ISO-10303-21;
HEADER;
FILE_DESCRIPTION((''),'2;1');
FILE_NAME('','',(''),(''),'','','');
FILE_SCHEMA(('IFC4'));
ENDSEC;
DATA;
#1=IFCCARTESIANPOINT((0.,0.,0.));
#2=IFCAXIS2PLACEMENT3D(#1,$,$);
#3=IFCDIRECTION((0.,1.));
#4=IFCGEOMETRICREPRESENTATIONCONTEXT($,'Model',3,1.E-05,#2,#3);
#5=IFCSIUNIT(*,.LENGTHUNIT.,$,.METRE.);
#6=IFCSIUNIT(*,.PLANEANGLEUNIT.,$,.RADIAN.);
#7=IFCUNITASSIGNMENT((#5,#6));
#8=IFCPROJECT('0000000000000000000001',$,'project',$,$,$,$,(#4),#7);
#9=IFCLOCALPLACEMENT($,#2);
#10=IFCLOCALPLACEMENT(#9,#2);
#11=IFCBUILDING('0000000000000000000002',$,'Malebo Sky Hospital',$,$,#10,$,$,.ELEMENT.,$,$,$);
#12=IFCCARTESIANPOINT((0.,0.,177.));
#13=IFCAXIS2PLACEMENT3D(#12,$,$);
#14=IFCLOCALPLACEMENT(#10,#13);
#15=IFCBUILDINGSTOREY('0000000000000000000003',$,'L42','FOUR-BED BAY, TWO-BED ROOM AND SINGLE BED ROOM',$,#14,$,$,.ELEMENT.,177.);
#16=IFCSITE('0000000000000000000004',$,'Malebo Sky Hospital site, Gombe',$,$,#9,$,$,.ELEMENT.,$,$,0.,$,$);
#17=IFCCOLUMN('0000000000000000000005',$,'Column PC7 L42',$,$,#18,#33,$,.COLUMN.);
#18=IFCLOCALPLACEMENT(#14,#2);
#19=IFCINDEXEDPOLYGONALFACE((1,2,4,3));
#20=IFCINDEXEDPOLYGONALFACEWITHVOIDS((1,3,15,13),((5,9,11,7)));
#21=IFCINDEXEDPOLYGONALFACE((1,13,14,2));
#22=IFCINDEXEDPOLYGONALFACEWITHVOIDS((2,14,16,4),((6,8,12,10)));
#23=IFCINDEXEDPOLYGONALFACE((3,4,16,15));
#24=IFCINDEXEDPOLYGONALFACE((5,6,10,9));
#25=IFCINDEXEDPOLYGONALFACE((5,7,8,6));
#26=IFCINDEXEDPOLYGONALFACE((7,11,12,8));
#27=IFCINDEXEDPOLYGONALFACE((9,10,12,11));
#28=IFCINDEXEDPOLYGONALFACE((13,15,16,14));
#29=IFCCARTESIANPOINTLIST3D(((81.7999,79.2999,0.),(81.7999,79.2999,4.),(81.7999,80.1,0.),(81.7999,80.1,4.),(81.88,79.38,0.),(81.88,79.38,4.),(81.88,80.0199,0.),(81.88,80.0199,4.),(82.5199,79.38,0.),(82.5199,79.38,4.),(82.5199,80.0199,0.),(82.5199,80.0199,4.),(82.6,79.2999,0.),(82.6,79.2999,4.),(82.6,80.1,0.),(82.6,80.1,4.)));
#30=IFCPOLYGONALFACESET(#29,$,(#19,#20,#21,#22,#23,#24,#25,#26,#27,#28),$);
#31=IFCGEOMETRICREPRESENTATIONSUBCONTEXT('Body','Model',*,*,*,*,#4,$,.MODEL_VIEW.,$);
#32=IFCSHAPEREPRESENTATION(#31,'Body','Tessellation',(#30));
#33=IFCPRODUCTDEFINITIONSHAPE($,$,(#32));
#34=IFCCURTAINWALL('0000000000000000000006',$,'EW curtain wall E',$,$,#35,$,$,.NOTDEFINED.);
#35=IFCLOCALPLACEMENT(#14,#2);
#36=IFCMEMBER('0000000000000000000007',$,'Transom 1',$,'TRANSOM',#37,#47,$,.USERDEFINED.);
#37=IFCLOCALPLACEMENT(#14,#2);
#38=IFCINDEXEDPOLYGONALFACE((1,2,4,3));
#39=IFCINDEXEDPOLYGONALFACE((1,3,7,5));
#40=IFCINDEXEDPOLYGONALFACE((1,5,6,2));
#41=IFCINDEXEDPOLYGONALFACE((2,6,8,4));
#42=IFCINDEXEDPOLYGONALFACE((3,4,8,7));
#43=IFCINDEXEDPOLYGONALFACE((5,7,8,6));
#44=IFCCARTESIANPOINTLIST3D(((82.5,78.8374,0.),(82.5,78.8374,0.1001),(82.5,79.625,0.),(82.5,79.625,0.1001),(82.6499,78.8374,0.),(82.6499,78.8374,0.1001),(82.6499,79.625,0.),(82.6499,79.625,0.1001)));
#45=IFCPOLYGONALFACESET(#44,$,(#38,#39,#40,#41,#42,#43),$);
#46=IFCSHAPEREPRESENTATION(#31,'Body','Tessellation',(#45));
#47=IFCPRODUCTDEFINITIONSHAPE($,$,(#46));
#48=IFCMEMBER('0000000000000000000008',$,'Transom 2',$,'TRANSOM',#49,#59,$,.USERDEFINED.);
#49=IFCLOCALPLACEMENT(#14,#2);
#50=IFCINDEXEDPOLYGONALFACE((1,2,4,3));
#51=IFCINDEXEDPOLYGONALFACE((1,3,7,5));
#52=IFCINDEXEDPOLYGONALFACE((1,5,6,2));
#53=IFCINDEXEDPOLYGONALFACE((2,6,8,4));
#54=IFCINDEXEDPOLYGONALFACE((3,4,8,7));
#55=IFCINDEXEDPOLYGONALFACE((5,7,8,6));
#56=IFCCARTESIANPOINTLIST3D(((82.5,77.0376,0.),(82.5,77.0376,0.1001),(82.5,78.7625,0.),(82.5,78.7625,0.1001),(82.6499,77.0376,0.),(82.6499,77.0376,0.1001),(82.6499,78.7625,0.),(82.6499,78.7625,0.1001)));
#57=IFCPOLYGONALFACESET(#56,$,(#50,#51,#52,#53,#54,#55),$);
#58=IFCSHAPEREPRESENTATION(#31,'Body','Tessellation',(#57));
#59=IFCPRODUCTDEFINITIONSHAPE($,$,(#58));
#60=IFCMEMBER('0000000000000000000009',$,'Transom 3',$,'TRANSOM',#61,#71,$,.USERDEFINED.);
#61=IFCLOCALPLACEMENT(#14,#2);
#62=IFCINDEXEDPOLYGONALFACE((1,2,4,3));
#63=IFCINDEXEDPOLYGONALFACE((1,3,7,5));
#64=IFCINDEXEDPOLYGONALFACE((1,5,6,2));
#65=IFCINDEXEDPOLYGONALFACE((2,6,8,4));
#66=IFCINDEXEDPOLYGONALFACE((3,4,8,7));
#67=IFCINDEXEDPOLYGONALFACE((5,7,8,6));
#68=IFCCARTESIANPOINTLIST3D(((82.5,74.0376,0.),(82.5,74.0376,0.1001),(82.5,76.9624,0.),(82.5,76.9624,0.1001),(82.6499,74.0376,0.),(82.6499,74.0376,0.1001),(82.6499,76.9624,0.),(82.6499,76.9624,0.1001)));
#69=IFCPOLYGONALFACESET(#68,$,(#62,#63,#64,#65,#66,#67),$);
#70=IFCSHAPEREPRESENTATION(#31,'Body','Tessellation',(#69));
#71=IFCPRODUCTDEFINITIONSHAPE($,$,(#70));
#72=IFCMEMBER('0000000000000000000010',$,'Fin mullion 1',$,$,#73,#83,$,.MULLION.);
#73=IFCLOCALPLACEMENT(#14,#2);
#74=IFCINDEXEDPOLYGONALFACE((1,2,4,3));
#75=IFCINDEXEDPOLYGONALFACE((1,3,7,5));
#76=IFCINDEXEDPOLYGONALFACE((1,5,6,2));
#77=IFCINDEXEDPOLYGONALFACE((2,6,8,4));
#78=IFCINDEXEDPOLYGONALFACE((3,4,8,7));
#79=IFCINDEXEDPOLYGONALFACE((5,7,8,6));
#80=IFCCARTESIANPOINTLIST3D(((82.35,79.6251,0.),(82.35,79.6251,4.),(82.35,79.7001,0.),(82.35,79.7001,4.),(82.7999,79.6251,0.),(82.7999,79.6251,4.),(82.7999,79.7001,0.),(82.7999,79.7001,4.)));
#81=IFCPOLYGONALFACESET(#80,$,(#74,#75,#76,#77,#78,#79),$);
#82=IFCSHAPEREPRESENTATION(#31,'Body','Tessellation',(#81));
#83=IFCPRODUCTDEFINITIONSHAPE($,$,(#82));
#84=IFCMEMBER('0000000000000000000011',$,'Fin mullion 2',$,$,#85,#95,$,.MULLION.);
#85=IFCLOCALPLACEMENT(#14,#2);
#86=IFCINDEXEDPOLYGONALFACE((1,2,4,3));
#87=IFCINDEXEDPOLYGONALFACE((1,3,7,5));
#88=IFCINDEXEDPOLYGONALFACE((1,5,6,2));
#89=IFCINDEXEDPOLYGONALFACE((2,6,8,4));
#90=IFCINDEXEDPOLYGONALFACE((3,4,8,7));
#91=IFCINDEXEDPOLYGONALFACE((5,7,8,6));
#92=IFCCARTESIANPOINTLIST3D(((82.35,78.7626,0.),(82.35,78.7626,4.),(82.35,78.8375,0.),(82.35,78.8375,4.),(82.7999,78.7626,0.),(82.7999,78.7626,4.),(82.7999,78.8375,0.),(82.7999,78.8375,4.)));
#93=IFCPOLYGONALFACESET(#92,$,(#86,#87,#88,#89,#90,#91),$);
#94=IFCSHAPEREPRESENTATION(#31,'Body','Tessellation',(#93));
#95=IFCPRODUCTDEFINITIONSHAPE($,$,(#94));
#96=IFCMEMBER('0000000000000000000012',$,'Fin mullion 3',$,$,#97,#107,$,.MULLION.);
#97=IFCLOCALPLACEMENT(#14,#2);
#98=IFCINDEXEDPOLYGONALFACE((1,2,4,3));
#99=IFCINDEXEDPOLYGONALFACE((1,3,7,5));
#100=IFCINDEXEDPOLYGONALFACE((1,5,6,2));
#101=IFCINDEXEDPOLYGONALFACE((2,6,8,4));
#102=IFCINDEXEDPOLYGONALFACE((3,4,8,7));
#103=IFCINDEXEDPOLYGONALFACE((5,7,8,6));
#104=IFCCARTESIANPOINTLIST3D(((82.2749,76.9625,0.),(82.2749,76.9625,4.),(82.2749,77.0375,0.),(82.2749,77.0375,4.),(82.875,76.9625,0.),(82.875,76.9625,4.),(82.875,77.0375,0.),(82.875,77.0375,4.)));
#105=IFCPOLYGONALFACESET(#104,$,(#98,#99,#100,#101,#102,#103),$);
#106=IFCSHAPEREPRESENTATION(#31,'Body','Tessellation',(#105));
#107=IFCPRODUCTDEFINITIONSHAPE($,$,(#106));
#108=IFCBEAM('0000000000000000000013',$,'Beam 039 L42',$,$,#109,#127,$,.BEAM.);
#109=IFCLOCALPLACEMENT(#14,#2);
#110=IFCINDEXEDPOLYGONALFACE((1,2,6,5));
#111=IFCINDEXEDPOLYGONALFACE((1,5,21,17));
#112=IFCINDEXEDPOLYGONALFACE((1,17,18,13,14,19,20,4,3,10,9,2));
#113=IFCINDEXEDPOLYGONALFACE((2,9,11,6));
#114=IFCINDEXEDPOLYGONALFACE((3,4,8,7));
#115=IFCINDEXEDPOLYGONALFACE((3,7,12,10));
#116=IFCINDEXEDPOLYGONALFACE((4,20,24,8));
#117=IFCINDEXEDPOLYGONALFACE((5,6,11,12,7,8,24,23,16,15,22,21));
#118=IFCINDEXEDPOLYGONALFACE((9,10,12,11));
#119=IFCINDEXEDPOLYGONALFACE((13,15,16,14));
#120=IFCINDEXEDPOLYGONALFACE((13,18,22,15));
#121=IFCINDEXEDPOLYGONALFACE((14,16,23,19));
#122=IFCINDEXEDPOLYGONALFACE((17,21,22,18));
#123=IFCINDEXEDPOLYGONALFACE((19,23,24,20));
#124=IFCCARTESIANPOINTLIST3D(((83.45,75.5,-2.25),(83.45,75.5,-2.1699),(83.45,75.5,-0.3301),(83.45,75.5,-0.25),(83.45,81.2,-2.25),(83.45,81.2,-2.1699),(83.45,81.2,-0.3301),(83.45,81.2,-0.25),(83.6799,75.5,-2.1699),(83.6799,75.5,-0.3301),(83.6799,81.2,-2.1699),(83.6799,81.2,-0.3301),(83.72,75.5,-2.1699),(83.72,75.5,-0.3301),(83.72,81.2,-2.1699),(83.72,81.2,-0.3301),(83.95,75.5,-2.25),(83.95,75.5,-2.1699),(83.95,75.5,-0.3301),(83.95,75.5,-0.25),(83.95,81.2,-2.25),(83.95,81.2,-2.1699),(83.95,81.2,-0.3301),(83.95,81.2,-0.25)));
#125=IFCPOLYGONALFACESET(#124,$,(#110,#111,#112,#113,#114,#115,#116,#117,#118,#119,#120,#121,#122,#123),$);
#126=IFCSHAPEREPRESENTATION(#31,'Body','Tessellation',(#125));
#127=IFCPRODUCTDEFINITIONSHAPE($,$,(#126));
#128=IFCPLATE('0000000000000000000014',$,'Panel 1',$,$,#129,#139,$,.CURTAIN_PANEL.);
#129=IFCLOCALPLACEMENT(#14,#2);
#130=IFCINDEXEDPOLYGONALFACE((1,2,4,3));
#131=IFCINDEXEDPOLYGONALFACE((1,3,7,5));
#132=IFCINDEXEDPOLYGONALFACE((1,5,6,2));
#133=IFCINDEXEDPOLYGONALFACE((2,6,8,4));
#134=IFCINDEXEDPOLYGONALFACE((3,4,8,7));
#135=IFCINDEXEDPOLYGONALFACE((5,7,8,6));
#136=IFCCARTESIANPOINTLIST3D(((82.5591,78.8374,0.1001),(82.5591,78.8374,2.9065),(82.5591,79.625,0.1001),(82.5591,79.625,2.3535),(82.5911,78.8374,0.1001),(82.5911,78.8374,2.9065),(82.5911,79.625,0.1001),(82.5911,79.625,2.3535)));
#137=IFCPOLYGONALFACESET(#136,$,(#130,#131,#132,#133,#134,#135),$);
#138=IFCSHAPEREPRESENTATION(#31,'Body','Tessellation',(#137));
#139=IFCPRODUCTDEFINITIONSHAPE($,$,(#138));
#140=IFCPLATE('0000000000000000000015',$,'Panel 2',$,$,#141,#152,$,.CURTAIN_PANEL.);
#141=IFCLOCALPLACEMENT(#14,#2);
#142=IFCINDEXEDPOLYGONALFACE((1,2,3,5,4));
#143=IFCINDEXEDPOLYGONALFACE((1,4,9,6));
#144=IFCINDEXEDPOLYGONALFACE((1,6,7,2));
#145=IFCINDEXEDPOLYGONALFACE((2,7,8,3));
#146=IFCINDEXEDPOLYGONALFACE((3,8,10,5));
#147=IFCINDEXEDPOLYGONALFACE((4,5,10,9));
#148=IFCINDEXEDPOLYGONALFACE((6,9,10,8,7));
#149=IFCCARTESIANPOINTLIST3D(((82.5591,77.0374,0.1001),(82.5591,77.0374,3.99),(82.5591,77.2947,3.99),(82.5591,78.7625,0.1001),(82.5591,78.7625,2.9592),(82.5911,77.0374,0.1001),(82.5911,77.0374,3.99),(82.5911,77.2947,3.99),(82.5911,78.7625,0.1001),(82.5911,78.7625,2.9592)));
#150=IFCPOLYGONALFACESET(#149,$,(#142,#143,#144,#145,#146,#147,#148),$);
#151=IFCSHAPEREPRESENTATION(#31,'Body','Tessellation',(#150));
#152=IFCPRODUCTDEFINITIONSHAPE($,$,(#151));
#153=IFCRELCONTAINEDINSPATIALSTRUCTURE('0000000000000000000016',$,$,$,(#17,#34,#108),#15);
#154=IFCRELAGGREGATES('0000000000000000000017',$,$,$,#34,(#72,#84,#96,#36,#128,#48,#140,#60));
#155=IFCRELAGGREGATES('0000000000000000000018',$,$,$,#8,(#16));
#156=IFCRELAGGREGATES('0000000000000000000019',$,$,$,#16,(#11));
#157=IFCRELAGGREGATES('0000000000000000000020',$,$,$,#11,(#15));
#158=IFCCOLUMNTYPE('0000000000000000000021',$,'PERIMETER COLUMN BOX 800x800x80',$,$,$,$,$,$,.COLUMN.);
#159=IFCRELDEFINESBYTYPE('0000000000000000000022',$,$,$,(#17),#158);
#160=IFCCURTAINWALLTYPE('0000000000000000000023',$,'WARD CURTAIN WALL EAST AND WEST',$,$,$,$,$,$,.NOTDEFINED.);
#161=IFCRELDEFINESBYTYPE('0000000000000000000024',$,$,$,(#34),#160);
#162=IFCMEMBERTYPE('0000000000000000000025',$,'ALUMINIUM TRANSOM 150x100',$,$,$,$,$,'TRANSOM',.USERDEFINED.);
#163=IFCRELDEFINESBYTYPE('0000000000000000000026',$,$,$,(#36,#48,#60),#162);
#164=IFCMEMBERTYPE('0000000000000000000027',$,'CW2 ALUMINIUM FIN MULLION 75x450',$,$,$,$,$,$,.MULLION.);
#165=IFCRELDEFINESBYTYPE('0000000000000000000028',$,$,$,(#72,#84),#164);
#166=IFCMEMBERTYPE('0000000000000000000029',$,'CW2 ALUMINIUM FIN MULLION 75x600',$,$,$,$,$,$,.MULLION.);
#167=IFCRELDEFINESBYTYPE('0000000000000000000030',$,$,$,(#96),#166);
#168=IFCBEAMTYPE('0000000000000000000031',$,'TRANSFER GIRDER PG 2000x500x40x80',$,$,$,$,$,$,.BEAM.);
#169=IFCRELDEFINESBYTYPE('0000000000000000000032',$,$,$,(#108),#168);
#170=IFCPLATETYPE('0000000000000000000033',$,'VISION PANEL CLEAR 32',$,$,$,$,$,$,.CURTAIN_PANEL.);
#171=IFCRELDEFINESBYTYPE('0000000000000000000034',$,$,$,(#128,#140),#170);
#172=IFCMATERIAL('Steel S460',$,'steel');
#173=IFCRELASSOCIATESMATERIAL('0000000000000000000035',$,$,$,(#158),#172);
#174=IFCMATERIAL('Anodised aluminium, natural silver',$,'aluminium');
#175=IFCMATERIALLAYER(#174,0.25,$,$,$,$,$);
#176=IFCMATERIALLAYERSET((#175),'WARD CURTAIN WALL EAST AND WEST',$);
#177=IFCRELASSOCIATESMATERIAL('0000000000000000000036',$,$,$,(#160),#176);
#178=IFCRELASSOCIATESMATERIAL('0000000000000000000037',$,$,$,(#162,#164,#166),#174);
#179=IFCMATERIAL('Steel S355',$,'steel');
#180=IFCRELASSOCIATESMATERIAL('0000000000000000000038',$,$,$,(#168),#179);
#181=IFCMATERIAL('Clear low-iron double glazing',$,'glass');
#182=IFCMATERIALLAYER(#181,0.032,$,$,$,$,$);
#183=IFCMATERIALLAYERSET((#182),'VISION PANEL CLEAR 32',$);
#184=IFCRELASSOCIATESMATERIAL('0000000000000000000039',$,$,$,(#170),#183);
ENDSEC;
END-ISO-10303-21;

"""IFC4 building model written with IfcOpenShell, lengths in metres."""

from ifc_helpers import new_model, si_unit, direction, frame, origin, origin_2d, place, context, subcontext, project, spatial, polyline, rectangle, hollow_rectangle, i_section, outline, extrude, material, layer, layer_set, material_profile, profile_set, type_object, element, aggregate, save


model = new_model("IFC4")

# Units and contexts
model_context = context("Model", 3, precision=1e-05, world=origin(), true_north=direction((0.0, 1.0)))
body_context = subcontext(model_context, "Body", "Model", "MODEL_VIEW")
ifc_project = project(units=[si_unit("LENGTHUNIT", "METRE"), si_unit("PLANEANGLEUNIT", "RADIAN")], contexts=[model_context])

# Site, building, storey
site_placement = place(None, origin())
site = spatial("IfcSite", under=ifc_project, at=site_placement, Name="Malebo Sky Hospital site, Gombe", CompositionType="ELEMENT", RefElevation=0.0)
building_placement = place(site_placement, origin())
building = spatial("IfcBuilding", under=site, at=building_placement, Name="Malebo Sky Hospital", CompositionType="ELEMENT")
storey_placement = place(building_placement, frame((0.0, 0.0, 177.0)))
storey = spatial("IfcBuildingStorey", under=building, at=storey_placement, Name="L42", Description="FOUR-BED BAY, TWO-BED ROOM AND SINGLE BED ROOM", CompositionType="ELEMENT", Elevation=177.0)

# Column
ifc_material_1 = material(Name="Steel S460", Category="steel")
ifc_material_profile_1 = material_profile(ifc_material_1, hollow_rectangle(XDim=0.8, YDim=0.8, WallThickness=0.0801, at=origin_2d()), Name="BOX 800x800x80")
ifc_profile_set_1 = profile_set([ifc_material_profile_1], Name="Steel S460")
column_type = type_object("IfcColumnType", Name="PERIMETER COLUMN BOX 800x800x80", PredefinedType="COLUMN", material=ifc_profile_set_1)
column_placement = place(storey_placement, frame((82.2, 79.7, 0.0), z_axis=(0.0, 0.0, 1.0), x_axis=(1.0, 0.0, 0.0)))
element("IfcColumn", 1, at=column_placement, inside=storey, type_object=column_type, Name="Column PC7 L42", PredefinedType="COLUMN", context=body_context, shape_type="SweptSolid", body=[
    extrude(hollow_rectangle(XDim=0.8, YDim=0.8, WallThickness=0.0801, at=origin_2d()), origin(), (0.0, 0.0, 1.0), 4.0),
])

# Curtain wall, members
ifc_material_2 = material(Name="Anodised aluminium, natural silver", Category="aluminium")
ifc_layer_1 = layer(ifc_material_2, 0.25)
ifc_layer_set_1 = layer_set([ifc_layer_1], Name="WARD CURTAIN WALL EAST AND WEST")
curtain_wall_type = type_object("IfcCurtainWallType", Name="WARD CURTAIN WALL EAST AND WEST", PredefinedType="NOTDEFINED", material=ifc_layer_set_1)
curtain_wall_placement = place(storey_placement, origin())
curtain_wall = element("IfcCurtainWall", 2, at=curtain_wall_placement, inside=storey, type_object=curtain_wall_type, Name="EW curtain wall E", PredefinedType="NOTDEFINED")
ifc_material_profile_2 = material_profile(ifc_material_2, rectangle(XDim=0.1499, YDim=0.1001, at=origin_2d()), Name="ALUMINIUM TRANSOM 150x100")
ifc_profile_set_2 = profile_set([ifc_material_profile_2], Name="Anodised aluminium, natural silver")
member_type_1 = type_object("IfcMemberType", Name="ALUMINIUM TRANSOM 150x100", ElementType="TRANSOM", PredefinedType="USERDEFINED", material=ifc_profile_set_2)
member_1_placement = place(storey_placement, frame((82.575, 79.625, 0.05), z_axis=(0.0, -1.0, 0.0), x_axis=(1.0, 0.0, 0.0)))
member_1 = element("IfcMember", 3, at=member_1_placement, type_object=member_type_1, Name="Transom 1", ObjectType="TRANSOM", PredefinedType="USERDEFINED", context=body_context, shape_type="SweptSolid", body=[
    extrude(rectangle(XDim=0.1499, YDim=0.1001, at=origin_2d()), origin(), (0.0, 0.0, 1.0), 0.7876),
])
member_2_placement = place(storey_placement, frame((82.575, 78.7625, 0.05), z_axis=(0.0, -1.0, 0.0), x_axis=(1.0, 0.0, 0.0)))
member_2 = element("IfcMember", 4, at=member_2_placement, type_object=member_type_1, Name="Transom 2", ObjectType="TRANSOM", PredefinedType="USERDEFINED", context=body_context, shape_type="SweptSolid", body=[
    extrude(rectangle(XDim=0.1499, YDim=0.1001, at=origin_2d()), origin(), (0.0, 0.0, 1.0), 1.7249),
])
member_3_placement = place(storey_placement, frame((82.575, 76.9624, 0.05), z_axis=(0.0, -1.0, 0.0), x_axis=(1.0, 0.0, 0.0)))
member_3 = element("IfcMember", 5, at=member_3_placement, type_object=member_type_1, Name="Transom 3", ObjectType="TRANSOM", PredefinedType="USERDEFINED", context=body_context, shape_type="SweptSolid", body=[
    extrude(rectangle(XDim=0.1499, YDim=0.1001, at=origin_2d()), origin(), (0.0, 0.0, 1.0), 2.9248),
])
ifc_material_profile_3 = material_profile(ifc_material_2, rectangle(XDim=0.075, YDim=0.45, at=origin_2d()), Name="CW2 ALUMINIUM FIN MULLION 75x450")
ifc_profile_set_3 = profile_set([ifc_material_profile_3], Name="Anodised aluminium, natural silver")
member_type_2 = type_object("IfcMemberType", Name="CW2 ALUMINIUM FIN MULLION 75x450", PredefinedType="MULLION", material=ifc_profile_set_3)
member_4_placement = place(storey_placement, frame((82.575, 79.6626, 0.0), z_axis=(0.0, 0.0, 1.0), x_axis=(0.0, -1.0, 0.0)))
member_4 = element("IfcMember", 6, at=member_4_placement, type_object=member_type_2, Name="Fin mullion 1", PredefinedType="MULLION", context=body_context, shape_type="SweptSolid", body=[
    extrude(rectangle(XDim=0.075, YDim=0.45, at=origin_2d()), origin(), (0.0, 0.0, 1.0), 4.0),
])
member_5_placement = place(storey_placement, frame((82.575, 78.8, 0.0), z_axis=(0.0, 0.0, 1.0), x_axis=(0.0, -1.0, 0.0)))
member_5 = element("IfcMember", 7, at=member_5_placement, type_object=member_type_2, Name="Fin mullion 2", PredefinedType="MULLION", context=body_context, shape_type="SweptSolid", body=[
    extrude(rectangle(XDim=0.075, YDim=0.45, at=origin_2d()), origin(), (0.0, 0.0, 1.0), 4.0),
])
ifc_material_profile_4 = material_profile(ifc_material_2, rectangle(XDim=0.075, YDim=0.6001, at=origin_2d()), Name="CW2 ALUMINIUM FIN MULLION 75x600")
ifc_profile_set_4 = profile_set([ifc_material_profile_4], Name="Anodised aluminium, natural silver")
member_type_3 = type_object("IfcMemberType", Name="CW2 ALUMINIUM FIN MULLION 75x600", PredefinedType="MULLION", material=ifc_profile_set_4)
member_6_placement = place(storey_placement, frame((82.575, 77.0, 0.0), z_axis=(0.0, 0.0, 1.0), x_axis=(0.0, -1.0, 0.0)))
member_6 = element("IfcMember", 8, at=member_6_placement, type_object=member_type_3, Name="Fin mullion 3", PredefinedType="MULLION", context=body_context, shape_type="SweptSolid", body=[
    extrude(rectangle(XDim=0.075, YDim=0.6001, at=origin_2d()), origin(), (0.0, 0.0, 1.0), 4.0),
])

# Beam
ifc_material_3 = material(Name="Steel S355", Category="steel")
ifc_material_profile_5 = material_profile(ifc_material_3, i_section(OverallWidth=0.5, OverallDepth=2.0, WebThickness=0.04, FlangeThickness=0.0801, at=origin_2d()), Name="PG 2000x500x40x80")
ifc_profile_set_5 = profile_set([ifc_material_profile_5], Name="Steel S355")
beam_type = type_object("IfcBeamType", Name="TRANSFER GIRDER PG 2000x500x40x80", PredefinedType="BEAM", material=ifc_profile_set_5)
beam_placement = place(storey_placement, frame((83.7, 75.5, -1.25), z_axis=(0.0, 1.0, 0.0), x_axis=(-1.0, 0.0, 0.0)))
element("IfcBeam", 9, at=beam_placement, inside=storey, type_object=beam_type, Name="Beam 039 L42", PredefinedType="BEAM", context=body_context, shape_type="SweptSolid", body=[
    extrude(i_section(OverallWidth=0.5, OverallDepth=2.0, WebThickness=0.04, FlangeThickness=0.0801, at=origin_2d()), origin(), (0.0, 0.0, 1.0), 5.7),
])

# Plates
ifc_material_4 = material(Name="Clear low-iron double glazing", Category="glass")
ifc_layer_2 = layer(ifc_material_4, 0.032)
ifc_layer_set_2 = layer_set([ifc_layer_2], Name="VISION PANEL CLEAR 32")
plate_type = type_object("IfcPlateType", Name="VISION PANEL CLEAR 32", PredefinedType="CURTAIN_PANEL", material=ifc_layer_set_2)
plate_1_placement = place(storey_placement, frame((82.575, 79.2312, 0.1001), z_axis=(0.0, 0.0, 1.0), x_axis=(0.0, -1.0, 0.0)))
plate_1 = element("IfcPlate", 10, at=plate_1_placement, type_object=plate_type, Name="Panel 1", PredefinedType="CURTAIN_PANEL", context=body_context, shape_type="SweptSolid", body=[
    extrude(outline(polyline([(-0.3938, 0.0), (0.3938, 0.0), (0.3938, 2.8064), (-0.3938, 2.2534), (-0.3938, 0.0)])), frame((0.0, 0.0161, 0.0), z_axis=(0.0, -1.0, 0.0), x_axis=(1.0, 0.0, 0.0)), (0.0, 0.0, 1.0), 0.032),
])
plate_2_placement = place(storey_placement, frame((82.575, 77.8999, 0.1001), z_axis=(0.0, 0.0, 1.0), x_axis=(0.0, -1.0, 0.0)))
plate_2 = element("IfcPlate", 11, at=plate_2_placement, type_object=plate_type, Name="Panel 2", PredefinedType="CURTAIN_PANEL", context=body_context, shape_type="SweptSolid", body=[
    extrude(outline(polyline([(-0.8625, 0.0), (0.8625, 0.0), (0.8625, 3.8899), (0.6052, 3.8899), (-0.8625, 2.8591), (-0.8625, 0.0)])), frame((0.0, 0.0161, 0.0), z_axis=(0.0, -1.0, 0.0), x_axis=(1.0, 0.0, 0.0)), (0.0, 0.0, 1.0), 0.032),
])
aggregate(curtain_wall, [member_4, member_5, member_6, member_1, plate_1, member_2, plate_2, member_3])

save(model, "model.ifc")
